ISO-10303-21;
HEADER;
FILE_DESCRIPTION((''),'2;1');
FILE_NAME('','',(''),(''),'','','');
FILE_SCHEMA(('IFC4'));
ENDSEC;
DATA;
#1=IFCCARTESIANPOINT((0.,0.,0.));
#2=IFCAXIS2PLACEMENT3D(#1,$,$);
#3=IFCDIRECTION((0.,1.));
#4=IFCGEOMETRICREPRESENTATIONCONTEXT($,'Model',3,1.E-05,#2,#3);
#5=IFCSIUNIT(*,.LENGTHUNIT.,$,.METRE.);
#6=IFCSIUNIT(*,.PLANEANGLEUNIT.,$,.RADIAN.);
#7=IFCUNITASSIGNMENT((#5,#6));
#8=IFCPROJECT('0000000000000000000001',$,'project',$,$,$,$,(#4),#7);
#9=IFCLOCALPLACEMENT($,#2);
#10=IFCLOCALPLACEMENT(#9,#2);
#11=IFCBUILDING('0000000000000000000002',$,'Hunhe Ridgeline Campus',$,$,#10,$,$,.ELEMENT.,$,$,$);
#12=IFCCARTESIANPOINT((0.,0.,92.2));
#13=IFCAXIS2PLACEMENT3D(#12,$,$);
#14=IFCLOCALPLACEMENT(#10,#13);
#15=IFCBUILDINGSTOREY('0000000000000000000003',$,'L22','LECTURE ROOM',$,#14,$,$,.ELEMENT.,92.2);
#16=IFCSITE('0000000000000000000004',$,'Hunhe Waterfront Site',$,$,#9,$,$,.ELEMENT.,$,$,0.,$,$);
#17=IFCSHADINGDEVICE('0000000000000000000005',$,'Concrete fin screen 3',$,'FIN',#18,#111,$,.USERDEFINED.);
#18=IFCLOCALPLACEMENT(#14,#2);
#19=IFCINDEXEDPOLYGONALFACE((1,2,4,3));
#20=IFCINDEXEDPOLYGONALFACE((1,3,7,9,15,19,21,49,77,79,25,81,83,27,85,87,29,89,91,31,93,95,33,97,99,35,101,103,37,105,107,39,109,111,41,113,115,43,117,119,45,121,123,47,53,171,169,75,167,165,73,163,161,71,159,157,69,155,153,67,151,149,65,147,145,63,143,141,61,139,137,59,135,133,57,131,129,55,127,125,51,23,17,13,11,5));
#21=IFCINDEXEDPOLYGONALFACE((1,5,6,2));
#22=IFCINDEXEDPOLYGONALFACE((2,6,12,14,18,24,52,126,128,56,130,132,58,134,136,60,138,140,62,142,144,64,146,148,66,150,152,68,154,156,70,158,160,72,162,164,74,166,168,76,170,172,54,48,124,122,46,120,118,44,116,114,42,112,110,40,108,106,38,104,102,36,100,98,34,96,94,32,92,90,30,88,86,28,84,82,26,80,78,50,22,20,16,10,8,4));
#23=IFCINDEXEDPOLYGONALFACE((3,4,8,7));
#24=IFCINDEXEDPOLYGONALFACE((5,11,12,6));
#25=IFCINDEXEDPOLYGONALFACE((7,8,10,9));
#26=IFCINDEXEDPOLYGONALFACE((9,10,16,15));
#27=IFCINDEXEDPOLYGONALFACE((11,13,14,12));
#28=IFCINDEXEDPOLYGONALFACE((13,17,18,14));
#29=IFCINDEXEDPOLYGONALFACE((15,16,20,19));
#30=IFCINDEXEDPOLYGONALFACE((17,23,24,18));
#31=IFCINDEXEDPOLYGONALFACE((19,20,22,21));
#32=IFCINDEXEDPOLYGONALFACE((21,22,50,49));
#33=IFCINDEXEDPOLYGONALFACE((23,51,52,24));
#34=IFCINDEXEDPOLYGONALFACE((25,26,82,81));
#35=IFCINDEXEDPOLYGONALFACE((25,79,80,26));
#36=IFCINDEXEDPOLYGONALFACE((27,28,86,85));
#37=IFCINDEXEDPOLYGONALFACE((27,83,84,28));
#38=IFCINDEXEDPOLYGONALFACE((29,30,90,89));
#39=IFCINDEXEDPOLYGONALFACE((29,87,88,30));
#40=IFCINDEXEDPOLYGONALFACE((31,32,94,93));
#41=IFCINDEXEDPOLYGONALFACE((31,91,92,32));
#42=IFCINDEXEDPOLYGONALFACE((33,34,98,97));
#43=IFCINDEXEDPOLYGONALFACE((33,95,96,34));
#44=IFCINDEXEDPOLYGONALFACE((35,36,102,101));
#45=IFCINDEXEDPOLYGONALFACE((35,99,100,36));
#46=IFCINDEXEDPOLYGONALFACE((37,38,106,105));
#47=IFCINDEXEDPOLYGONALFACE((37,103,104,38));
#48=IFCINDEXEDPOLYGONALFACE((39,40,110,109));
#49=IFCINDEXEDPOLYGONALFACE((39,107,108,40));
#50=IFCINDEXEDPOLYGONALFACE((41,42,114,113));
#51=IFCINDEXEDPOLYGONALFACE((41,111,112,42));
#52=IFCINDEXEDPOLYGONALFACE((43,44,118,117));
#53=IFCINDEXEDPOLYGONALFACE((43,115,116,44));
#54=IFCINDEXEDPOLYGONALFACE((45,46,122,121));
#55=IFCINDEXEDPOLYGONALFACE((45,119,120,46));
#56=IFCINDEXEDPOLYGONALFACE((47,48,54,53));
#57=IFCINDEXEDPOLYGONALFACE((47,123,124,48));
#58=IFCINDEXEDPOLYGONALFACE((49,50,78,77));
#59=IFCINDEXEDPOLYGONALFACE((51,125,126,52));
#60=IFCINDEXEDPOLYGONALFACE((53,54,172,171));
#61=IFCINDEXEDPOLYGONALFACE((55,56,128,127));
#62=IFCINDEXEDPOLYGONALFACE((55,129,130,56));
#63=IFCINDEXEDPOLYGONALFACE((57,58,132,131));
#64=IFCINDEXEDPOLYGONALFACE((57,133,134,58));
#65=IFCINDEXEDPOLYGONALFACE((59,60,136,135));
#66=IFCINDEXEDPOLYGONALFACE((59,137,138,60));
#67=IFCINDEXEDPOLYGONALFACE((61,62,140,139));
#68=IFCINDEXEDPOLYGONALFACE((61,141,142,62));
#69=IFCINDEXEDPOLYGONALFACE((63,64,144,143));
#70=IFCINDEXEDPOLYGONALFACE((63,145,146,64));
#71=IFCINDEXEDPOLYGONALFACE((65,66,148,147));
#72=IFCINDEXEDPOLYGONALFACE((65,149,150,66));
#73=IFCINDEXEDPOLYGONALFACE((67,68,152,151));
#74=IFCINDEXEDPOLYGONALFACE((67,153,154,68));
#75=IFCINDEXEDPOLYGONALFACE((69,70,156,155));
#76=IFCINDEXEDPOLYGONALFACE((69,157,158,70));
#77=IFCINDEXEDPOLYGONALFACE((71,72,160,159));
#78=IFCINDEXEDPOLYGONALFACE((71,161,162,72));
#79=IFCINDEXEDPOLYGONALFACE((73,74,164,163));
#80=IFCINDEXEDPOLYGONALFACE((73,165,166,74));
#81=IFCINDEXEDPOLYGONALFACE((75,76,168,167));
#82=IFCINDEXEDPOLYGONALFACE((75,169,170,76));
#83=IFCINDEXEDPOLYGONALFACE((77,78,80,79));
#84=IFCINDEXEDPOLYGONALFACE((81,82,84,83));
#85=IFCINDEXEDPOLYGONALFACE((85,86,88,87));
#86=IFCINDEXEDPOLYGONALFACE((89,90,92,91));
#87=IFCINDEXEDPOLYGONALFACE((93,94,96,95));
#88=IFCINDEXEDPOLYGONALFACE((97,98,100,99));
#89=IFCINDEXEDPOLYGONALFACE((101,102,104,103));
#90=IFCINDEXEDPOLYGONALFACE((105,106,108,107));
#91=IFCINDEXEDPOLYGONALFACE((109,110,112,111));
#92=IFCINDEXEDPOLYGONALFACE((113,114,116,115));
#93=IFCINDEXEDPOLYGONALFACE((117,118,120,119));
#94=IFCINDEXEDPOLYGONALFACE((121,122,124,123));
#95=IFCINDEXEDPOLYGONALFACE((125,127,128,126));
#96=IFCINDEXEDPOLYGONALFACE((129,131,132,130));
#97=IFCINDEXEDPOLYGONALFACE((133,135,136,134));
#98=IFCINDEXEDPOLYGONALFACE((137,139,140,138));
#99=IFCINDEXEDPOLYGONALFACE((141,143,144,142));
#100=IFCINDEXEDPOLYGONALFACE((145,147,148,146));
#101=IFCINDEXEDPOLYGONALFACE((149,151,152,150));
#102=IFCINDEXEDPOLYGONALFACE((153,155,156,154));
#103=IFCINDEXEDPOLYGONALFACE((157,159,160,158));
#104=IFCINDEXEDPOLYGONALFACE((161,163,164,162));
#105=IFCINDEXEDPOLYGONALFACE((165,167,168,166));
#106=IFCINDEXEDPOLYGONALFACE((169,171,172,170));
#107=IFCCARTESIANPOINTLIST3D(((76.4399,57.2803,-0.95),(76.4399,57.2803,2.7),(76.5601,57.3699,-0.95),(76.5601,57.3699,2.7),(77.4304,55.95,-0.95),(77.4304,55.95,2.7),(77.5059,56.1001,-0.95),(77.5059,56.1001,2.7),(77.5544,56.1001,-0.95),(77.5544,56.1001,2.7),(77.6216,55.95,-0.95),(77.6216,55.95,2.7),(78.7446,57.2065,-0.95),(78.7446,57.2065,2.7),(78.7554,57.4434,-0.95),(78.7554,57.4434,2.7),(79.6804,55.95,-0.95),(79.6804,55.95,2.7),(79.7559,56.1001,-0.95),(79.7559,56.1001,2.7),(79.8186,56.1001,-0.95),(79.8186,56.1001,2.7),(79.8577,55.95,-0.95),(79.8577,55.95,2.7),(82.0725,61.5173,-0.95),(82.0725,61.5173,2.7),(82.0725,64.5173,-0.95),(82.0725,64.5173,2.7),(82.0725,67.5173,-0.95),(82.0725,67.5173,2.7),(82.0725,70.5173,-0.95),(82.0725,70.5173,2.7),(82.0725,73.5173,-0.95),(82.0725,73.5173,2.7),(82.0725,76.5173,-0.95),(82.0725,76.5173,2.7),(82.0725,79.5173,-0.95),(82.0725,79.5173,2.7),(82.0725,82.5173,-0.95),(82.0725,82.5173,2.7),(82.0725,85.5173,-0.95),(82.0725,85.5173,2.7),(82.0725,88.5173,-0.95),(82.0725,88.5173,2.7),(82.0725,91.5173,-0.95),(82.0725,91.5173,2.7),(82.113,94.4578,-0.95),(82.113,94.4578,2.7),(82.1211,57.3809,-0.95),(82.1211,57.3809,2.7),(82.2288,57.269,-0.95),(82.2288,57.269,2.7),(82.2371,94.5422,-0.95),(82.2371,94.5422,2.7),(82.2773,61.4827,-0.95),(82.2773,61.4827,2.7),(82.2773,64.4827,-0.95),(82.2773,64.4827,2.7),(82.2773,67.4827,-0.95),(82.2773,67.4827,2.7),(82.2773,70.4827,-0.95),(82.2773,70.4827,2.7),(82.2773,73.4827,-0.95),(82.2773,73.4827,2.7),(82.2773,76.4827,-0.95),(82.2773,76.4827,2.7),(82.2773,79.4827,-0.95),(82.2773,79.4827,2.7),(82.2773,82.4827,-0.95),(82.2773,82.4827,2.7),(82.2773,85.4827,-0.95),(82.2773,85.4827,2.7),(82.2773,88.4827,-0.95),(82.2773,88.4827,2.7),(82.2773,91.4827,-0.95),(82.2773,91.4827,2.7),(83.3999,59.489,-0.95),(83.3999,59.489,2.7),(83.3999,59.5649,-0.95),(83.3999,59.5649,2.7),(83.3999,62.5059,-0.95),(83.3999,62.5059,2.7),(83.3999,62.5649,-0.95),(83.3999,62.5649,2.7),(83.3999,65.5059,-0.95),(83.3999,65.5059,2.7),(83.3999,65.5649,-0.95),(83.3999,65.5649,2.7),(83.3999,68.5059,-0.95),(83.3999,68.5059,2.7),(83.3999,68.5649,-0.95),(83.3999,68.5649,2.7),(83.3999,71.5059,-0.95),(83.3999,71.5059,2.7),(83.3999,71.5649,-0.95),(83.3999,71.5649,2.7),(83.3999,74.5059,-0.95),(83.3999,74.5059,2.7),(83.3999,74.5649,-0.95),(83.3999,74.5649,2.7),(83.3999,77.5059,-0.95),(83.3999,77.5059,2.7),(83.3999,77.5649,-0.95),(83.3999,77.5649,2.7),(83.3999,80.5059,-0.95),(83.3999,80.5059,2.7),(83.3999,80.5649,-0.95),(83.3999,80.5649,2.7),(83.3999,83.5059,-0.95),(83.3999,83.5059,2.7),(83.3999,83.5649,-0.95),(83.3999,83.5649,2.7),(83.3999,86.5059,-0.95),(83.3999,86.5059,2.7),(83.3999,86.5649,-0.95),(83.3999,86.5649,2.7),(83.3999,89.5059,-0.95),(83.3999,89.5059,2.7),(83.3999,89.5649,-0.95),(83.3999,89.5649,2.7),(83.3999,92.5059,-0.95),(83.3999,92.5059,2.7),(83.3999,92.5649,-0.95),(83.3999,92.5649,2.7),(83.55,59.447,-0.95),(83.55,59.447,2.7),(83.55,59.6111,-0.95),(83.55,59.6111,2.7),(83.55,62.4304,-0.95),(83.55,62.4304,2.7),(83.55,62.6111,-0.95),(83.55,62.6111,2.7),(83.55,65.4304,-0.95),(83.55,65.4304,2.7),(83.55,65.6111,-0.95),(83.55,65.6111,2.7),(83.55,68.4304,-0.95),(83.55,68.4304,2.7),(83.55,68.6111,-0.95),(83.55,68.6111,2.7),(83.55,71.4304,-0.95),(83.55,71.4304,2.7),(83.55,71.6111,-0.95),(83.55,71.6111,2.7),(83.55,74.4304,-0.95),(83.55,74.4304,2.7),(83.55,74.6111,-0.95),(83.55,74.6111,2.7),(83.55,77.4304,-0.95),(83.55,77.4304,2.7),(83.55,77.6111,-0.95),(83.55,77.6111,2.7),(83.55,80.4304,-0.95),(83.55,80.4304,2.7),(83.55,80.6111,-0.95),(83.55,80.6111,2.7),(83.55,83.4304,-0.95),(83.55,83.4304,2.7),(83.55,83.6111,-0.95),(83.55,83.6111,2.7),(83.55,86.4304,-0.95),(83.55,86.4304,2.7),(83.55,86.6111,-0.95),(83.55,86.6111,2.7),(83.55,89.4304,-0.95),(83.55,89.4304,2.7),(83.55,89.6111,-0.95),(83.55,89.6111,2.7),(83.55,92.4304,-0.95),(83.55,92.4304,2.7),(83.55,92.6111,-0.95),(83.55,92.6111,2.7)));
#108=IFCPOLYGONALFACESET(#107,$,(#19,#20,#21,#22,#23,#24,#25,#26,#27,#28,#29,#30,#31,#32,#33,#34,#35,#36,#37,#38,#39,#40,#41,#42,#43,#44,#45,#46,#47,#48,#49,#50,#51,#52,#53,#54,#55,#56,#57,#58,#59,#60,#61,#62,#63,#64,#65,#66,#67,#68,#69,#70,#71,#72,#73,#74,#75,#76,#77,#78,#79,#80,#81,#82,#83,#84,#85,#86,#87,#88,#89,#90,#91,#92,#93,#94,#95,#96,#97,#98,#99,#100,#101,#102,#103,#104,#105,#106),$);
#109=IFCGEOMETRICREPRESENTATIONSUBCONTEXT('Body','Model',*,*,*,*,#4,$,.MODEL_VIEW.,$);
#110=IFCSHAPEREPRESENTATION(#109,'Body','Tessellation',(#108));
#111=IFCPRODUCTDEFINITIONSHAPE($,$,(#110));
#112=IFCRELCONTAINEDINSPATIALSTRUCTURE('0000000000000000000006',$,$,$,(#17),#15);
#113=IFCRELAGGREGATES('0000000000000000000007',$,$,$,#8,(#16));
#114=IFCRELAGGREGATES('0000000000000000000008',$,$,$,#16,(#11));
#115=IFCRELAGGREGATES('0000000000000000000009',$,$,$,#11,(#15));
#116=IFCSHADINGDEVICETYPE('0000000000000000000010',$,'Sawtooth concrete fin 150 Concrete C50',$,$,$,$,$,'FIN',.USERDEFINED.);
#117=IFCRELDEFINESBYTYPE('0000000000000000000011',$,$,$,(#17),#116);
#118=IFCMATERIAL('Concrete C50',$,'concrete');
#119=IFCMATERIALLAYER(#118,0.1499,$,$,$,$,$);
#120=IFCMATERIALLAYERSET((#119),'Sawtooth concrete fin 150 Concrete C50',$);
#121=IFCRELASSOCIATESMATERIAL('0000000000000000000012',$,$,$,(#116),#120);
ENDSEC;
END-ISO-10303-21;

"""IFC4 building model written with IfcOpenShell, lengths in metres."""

from ifc_helpers import new_model, si_unit, direction, frame, origin, place, context, subcontext, project, spatial, polyline, outline, extrude, material, layer, layer_set, type_object, element, save


model = new_model("IFC4")

# Units and contexts
model_context = context("Model", 3, precision=1e-05, world=origin(), true_north=direction((0.0, 1.0)))
body_context = subcontext(model_context, "Body", "Model", "MODEL_VIEW")
ifc_project = project(units=[si_unit("LENGTHUNIT", "METRE"), si_unit("PLANEANGLEUNIT", "RADIAN")], contexts=[model_context])

# Site, building, storey
site_placement = place(None, origin())
site = spatial("IfcSite", under=ifc_project, at=site_placement, Name="Hunhe Waterfront Site", CompositionType="ELEMENT", RefElevation=0.0)
building_placement = place(site_placement, origin())
building = spatial("IfcBuilding", under=site, at=building_placement, Name="Hunhe Ridgeline Campus", CompositionType="ELEMENT")
storey_placement = place(building_placement, frame((0.0, 0.0, 92.2)))
storey = spatial("IfcBuildingStorey", under=building, at=storey_placement, Name="L22", Description="LECTURE ROOM", CompositionType="ELEMENT", Elevation=92.2)

# Shading device
ifc_material_1 = material(Name="Concrete C50", Category="concrete")
ifc_layer_1 = layer(ifc_material_1, 0.1499)
ifc_layer_set_1 = layer_set([ifc_layer_1], Name="Sawtooth concrete fin 150 Concrete C50")
shading_device_type = type_object("IfcShadingDeviceType", Name="Sawtooth concrete fin 150 Concrete C50", ElementType="FIN", PredefinedType="USERDEFINED", material=ifc_layer_set_1)
shading_device_1_placement = place(storey_placement, frame((0.0, 0.0, -0.95)))
element("IfcShadingDevice", 1, at=shading_device_1_placement, inside=storey, type_object=shading_device_type, Name="Concrete fin screen 3", ObjectType="FIN", PredefinedType="USERDEFINED", context=body_context, shape_type="SweptSolid", body=[
    extrude(outline(polyline([(76.5601, 57.3699), (76.4399, 57.2803), (77.4304, 55.95), (77.6216, 55.95), (78.7446, 57.2065), (79.6804, 55.95), (79.8577, 55.95), (82.2288, 57.269), (83.55, 59.447), (83.55, 59.6111), (82.2773, 61.4827), (83.55, 62.4304), (83.55, 62.6111), (82.2773, 64.4827), (83.55, 65.4304), (83.55, 65.6111), (82.2773, 67.4827), (83.55, 68.4304), (83.55, 68.6111), (82.2773, 70.4827), (83.55, 71.4304), (83.55, 71.6111), (82.2773, 73.4827), (83.55, 74.4304), (83.55, 74.6111), (82.2773, 76.4827), (83.55, 77.4304), (83.55, 77.6111), (82.2773, 79.4827), (83.55, 80.4304), (83.55, 80.6111), (82.2773, 82.4827), (83.55, 83.4304), (83.55, 83.6111), (82.2773, 85.4827), (83.55, 86.4304), (83.55, 86.6111), (82.2773, 88.4827), (83.55, 89.4304), (83.55, 89.6111), (82.2773, 91.4827), (83.55, 92.4304), (83.55, 92.6111), (82.2371, 94.5422), (82.113, 94.4578), (83.3999, 92.5649), (83.3999, 92.5059), (82.0725, 91.5173), (83.3999, 89.5649), (83.3999, 89.5059), (82.0725, 88.5173), (83.3999, 86.5649), (83.3999, 86.5059), (82.0725, 85.5173), (83.3999, 83.5649), (83.3999, 83.5059), (82.0725, 82.5173), (83.3999, 80.5649), (83.3999, 80.5059), (82.0725, 79.5173), (83.3999, 77.5649), (83.3999, 77.5059), (82.0725, 76.5173), (83.3999, 74.5649), (83.3999, 74.5059), (82.0725, 73.5173), (83.3999, 71.5649), (83.3999, 71.5059), (82.0725, 70.5173), (83.3999, 68.5649), (83.3999, 68.5059), (82.0725, 67.5173), (83.3999, 65.5649), (83.3999, 65.5059), (82.0725, 64.5173), (83.3999, 62.5649), (83.3999, 62.5059), (82.0725, 61.5173), (83.3999, 59.5649), (83.3999, 59.489), (82.1211, 57.3809), (79.8186, 56.1001), (79.7559, 56.1001), (78.7554, 57.4434), (77.5544, 56.1001), (77.5059, 56.1001), (76.5601, 57.3699)])), origin(), (0.0, 0.0, 1.0), 3.6499),
])

save(model, "model.ifc")
